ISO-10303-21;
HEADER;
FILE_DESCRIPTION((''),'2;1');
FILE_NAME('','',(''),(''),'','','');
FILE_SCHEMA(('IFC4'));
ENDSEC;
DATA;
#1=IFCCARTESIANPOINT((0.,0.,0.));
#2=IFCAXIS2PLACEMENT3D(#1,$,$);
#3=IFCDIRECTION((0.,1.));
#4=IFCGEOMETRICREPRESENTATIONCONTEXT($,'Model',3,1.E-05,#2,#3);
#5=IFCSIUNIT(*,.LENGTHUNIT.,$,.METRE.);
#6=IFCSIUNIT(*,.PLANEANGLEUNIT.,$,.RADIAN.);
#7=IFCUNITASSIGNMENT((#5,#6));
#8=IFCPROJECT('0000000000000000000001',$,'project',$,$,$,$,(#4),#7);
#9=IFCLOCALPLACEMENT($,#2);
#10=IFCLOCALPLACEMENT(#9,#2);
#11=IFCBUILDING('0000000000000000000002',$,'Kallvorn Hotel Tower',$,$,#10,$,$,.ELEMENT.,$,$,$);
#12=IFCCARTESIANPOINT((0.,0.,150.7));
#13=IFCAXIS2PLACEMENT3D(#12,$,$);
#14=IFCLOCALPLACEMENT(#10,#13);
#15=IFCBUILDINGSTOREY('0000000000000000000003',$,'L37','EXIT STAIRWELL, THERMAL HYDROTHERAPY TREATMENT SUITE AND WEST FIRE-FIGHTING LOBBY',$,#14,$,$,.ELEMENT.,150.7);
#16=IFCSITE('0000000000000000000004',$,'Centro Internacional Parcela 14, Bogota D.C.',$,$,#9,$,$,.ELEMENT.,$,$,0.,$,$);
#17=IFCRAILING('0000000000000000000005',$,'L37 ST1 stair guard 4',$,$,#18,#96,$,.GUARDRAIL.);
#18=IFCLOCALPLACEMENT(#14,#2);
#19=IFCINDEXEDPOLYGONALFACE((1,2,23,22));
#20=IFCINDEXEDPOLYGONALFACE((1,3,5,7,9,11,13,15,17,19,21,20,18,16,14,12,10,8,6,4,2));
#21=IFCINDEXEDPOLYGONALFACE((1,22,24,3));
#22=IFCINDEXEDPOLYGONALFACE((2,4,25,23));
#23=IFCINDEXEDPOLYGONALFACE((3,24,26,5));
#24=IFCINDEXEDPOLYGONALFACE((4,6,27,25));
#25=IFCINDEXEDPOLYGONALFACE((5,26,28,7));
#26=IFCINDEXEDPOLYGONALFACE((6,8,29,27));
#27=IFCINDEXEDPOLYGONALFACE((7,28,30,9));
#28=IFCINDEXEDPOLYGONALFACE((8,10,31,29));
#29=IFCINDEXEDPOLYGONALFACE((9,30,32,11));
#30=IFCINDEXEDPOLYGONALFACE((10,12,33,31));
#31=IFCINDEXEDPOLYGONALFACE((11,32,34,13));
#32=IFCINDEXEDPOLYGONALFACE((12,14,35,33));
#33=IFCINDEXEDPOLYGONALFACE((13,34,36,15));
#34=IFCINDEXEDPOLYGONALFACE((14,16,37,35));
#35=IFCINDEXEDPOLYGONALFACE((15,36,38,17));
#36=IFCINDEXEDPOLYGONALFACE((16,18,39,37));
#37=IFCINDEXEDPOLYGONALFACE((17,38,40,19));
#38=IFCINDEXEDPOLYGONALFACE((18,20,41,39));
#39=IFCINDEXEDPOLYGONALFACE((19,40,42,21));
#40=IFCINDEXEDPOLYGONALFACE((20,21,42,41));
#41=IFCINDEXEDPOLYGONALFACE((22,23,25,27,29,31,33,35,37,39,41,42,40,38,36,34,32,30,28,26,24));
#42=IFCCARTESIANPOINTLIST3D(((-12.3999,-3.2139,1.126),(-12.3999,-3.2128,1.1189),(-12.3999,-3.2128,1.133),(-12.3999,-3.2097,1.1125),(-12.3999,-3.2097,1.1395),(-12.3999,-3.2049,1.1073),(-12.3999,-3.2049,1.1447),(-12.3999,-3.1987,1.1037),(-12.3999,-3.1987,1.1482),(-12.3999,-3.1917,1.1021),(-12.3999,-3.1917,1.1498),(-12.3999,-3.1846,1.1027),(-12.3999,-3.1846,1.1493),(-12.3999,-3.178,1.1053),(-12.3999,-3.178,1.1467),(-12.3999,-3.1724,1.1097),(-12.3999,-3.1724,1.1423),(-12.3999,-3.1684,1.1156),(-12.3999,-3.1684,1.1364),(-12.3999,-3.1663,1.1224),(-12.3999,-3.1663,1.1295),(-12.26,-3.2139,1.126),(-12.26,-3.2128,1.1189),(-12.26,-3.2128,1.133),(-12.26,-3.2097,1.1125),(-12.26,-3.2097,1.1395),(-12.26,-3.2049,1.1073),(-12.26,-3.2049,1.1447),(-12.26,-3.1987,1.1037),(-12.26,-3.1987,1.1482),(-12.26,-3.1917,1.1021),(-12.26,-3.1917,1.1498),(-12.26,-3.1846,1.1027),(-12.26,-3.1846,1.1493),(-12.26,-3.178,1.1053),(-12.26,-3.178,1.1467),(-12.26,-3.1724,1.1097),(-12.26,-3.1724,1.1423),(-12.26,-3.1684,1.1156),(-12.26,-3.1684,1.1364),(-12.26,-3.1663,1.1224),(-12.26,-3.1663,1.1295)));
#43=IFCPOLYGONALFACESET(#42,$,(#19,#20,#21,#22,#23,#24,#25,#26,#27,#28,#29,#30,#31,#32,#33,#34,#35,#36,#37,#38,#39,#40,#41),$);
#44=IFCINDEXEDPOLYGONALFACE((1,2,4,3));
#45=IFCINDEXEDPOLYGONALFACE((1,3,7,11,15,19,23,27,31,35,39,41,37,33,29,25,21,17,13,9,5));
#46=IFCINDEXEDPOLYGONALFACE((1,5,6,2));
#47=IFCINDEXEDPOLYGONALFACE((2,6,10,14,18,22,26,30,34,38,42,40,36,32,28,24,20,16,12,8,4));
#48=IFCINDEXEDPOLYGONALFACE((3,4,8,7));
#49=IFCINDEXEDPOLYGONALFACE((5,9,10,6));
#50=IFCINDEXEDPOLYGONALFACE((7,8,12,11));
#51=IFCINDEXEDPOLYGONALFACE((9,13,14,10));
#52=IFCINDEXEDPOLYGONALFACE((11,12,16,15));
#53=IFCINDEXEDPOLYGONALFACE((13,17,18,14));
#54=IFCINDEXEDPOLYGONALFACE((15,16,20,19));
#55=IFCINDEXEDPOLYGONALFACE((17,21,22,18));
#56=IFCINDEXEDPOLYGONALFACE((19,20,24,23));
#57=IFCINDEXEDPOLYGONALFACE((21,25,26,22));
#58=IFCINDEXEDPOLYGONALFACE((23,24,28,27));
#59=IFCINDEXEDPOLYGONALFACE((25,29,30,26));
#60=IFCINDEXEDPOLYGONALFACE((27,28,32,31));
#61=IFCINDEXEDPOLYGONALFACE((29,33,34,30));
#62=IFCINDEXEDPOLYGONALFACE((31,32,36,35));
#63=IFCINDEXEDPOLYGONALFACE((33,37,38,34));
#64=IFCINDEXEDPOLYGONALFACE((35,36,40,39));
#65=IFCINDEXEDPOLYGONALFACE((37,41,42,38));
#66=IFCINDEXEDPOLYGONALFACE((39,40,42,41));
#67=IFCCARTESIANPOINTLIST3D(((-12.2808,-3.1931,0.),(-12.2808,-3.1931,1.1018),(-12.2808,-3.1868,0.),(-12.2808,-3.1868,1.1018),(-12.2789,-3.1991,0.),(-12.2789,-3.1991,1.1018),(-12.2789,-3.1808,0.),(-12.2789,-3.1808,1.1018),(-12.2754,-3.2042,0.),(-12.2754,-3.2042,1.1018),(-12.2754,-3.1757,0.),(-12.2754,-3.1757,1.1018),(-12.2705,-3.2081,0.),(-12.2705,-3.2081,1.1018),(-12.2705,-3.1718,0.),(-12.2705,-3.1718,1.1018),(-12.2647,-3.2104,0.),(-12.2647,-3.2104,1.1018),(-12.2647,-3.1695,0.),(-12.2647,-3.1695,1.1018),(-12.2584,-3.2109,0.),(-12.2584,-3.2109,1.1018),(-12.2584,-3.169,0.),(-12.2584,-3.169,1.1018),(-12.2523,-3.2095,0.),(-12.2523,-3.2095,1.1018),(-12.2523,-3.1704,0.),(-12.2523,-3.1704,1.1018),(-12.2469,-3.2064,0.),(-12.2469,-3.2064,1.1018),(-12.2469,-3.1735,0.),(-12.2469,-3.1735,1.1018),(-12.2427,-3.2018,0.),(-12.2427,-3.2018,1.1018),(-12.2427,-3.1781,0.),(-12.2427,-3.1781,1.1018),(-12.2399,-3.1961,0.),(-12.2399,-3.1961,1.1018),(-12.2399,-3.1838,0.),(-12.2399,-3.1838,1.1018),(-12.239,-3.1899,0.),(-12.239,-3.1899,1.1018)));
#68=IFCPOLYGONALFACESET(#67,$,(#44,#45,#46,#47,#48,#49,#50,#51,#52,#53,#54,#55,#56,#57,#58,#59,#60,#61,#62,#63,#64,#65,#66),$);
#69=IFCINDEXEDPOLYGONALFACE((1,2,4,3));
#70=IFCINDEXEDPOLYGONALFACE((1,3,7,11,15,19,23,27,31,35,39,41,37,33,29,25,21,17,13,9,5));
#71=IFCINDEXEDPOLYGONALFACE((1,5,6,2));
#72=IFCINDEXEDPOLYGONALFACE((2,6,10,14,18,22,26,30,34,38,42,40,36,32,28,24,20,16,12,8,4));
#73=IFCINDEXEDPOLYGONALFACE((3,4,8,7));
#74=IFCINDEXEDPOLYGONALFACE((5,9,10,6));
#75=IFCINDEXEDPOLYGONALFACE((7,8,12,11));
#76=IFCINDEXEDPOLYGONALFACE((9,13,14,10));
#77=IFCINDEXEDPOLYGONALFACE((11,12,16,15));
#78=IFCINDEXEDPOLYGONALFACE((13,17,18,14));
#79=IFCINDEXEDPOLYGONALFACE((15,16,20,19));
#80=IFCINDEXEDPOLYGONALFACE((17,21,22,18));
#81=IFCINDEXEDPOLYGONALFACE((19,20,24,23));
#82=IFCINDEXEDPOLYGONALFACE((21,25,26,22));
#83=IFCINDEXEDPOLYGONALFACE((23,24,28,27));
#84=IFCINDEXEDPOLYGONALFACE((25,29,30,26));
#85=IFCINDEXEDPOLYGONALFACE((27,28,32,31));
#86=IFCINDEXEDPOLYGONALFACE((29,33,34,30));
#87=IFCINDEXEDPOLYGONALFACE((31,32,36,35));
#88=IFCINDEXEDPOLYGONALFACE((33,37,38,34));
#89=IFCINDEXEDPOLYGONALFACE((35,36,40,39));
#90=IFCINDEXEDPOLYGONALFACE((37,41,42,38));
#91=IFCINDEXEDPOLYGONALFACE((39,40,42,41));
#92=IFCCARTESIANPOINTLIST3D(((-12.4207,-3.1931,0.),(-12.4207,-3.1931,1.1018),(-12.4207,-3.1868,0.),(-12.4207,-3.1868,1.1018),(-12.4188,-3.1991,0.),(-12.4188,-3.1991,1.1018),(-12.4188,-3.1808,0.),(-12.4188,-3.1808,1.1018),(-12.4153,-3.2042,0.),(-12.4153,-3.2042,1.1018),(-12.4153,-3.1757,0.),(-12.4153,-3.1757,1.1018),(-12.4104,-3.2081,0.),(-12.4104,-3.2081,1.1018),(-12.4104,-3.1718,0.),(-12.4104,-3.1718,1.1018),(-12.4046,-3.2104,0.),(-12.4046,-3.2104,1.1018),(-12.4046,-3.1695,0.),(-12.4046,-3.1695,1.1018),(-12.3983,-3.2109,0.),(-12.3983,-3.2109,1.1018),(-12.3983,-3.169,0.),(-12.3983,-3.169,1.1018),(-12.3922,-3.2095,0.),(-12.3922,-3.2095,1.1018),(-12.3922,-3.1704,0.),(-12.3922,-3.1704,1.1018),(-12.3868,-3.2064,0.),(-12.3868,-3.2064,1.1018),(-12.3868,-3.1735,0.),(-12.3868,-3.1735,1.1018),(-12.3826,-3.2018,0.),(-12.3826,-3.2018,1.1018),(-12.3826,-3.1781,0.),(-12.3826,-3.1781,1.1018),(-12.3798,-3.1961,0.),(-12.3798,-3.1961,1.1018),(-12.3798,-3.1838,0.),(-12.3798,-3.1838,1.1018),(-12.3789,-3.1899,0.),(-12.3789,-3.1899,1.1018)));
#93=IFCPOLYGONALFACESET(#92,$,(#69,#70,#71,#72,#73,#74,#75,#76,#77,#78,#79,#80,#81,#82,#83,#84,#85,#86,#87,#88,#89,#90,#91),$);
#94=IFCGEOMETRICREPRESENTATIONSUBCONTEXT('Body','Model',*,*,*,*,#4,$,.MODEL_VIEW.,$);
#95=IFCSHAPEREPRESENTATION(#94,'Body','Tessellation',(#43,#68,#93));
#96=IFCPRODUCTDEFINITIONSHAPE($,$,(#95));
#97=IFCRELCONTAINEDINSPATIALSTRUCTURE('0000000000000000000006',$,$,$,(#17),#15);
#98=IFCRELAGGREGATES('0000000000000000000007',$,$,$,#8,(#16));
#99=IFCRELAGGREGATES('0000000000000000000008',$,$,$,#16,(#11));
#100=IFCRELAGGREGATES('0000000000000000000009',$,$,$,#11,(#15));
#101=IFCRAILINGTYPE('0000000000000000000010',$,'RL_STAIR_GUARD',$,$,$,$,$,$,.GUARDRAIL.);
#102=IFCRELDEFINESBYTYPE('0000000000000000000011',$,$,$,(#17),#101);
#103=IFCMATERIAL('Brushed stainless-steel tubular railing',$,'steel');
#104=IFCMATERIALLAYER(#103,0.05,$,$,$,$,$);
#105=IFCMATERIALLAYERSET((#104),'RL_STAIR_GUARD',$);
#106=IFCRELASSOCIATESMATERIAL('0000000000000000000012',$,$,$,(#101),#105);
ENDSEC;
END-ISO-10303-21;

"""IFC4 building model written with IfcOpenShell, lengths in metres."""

from ifc_helpers import new_model, si_unit, direction, frame, origin, origin_2d, place, context, subcontext, project, spatial, circle, extrude, material, layer, layer_set, type_object, element, save


model = new_model("IFC4")

# Units and contexts
model_context = context("Model", 3, precision=1e-05, world=origin(), true_north=direction((0.0, 1.0)))
body_context = subcontext(model_context, "Body", "Model", "MODEL_VIEW")
ifc_project = project(units=[si_unit("LENGTHUNIT", "METRE"), si_unit("PLANEANGLEUNIT", "RADIAN")], contexts=[model_context])

# Site, building, storey
site_placement = place(None, origin())
site = spatial("IfcSite", under=ifc_project, at=site_placement, Name="Centro Internacional Parcela 14, Bogota D.C.", CompositionType="ELEMENT", RefElevation=0.0)
building_placement = place(site_placement, origin())
building = spatial("IfcBuilding", under=site, at=building_placement, Name="Kallvorn Hotel Tower", CompositionType="ELEMENT")
storey_placement = place(building_placement, frame((0.0, 0.0, 150.7)))
storey = spatial("IfcBuildingStorey", under=building, at=storey_placement, Name="L37", Description="EXIT STAIRWELL, THERMAL HYDROTHERAPY TREATMENT SUITE AND WEST FIRE-FIGHTING LOBBY", CompositionType="ELEMENT", Elevation=150.7)

# Railing
ifc_material_1 = material(Name="Brushed stainless-steel tubular railing", Category="steel")
ifc_layer_1 = layer(ifc_material_1, 0.05)
ifc_layer_set_1 = layer_set([ifc_layer_1], Name="RL_STAIR_GUARD")
railing_type = type_object("IfcRailingType", Name="RL_STAIR_GUARD", PredefinedType="GUARDRAIL", material=ifc_layer_set_1)
railing_1_placement = place(storey_placement, frame((-12.26, -3.1899, 0.0)))
element("IfcRailing", 1, at=railing_1_placement, inside=storey, type_object=railing_type, Name="L37 ST1 stair guard 4", PredefinedType="GUARDRAIL", context=body_context, shape_type="SweptSolid", body=[
    extrude(circle(Radius=0.0239, at=origin_2d()), frame((0.0, 0.0, 1.126), z_axis=(-1.0, 0.0, 0.0), x_axis=(0.0, -1.0, 0.0)), (0.0, 0.0, 1.0), 0.1399),
    extrude(circle(Radius=0.021, at=origin_2d()), origin(), (0.0, 0.0, 1.0), 1.1018),
    extrude(circle(Radius=0.021, at=origin_2d()), frame((-0.1399, 0.0, 0.0)), (0.0, 0.0, 1.0), 1.1018),
])

save(model, "model.ifc")
